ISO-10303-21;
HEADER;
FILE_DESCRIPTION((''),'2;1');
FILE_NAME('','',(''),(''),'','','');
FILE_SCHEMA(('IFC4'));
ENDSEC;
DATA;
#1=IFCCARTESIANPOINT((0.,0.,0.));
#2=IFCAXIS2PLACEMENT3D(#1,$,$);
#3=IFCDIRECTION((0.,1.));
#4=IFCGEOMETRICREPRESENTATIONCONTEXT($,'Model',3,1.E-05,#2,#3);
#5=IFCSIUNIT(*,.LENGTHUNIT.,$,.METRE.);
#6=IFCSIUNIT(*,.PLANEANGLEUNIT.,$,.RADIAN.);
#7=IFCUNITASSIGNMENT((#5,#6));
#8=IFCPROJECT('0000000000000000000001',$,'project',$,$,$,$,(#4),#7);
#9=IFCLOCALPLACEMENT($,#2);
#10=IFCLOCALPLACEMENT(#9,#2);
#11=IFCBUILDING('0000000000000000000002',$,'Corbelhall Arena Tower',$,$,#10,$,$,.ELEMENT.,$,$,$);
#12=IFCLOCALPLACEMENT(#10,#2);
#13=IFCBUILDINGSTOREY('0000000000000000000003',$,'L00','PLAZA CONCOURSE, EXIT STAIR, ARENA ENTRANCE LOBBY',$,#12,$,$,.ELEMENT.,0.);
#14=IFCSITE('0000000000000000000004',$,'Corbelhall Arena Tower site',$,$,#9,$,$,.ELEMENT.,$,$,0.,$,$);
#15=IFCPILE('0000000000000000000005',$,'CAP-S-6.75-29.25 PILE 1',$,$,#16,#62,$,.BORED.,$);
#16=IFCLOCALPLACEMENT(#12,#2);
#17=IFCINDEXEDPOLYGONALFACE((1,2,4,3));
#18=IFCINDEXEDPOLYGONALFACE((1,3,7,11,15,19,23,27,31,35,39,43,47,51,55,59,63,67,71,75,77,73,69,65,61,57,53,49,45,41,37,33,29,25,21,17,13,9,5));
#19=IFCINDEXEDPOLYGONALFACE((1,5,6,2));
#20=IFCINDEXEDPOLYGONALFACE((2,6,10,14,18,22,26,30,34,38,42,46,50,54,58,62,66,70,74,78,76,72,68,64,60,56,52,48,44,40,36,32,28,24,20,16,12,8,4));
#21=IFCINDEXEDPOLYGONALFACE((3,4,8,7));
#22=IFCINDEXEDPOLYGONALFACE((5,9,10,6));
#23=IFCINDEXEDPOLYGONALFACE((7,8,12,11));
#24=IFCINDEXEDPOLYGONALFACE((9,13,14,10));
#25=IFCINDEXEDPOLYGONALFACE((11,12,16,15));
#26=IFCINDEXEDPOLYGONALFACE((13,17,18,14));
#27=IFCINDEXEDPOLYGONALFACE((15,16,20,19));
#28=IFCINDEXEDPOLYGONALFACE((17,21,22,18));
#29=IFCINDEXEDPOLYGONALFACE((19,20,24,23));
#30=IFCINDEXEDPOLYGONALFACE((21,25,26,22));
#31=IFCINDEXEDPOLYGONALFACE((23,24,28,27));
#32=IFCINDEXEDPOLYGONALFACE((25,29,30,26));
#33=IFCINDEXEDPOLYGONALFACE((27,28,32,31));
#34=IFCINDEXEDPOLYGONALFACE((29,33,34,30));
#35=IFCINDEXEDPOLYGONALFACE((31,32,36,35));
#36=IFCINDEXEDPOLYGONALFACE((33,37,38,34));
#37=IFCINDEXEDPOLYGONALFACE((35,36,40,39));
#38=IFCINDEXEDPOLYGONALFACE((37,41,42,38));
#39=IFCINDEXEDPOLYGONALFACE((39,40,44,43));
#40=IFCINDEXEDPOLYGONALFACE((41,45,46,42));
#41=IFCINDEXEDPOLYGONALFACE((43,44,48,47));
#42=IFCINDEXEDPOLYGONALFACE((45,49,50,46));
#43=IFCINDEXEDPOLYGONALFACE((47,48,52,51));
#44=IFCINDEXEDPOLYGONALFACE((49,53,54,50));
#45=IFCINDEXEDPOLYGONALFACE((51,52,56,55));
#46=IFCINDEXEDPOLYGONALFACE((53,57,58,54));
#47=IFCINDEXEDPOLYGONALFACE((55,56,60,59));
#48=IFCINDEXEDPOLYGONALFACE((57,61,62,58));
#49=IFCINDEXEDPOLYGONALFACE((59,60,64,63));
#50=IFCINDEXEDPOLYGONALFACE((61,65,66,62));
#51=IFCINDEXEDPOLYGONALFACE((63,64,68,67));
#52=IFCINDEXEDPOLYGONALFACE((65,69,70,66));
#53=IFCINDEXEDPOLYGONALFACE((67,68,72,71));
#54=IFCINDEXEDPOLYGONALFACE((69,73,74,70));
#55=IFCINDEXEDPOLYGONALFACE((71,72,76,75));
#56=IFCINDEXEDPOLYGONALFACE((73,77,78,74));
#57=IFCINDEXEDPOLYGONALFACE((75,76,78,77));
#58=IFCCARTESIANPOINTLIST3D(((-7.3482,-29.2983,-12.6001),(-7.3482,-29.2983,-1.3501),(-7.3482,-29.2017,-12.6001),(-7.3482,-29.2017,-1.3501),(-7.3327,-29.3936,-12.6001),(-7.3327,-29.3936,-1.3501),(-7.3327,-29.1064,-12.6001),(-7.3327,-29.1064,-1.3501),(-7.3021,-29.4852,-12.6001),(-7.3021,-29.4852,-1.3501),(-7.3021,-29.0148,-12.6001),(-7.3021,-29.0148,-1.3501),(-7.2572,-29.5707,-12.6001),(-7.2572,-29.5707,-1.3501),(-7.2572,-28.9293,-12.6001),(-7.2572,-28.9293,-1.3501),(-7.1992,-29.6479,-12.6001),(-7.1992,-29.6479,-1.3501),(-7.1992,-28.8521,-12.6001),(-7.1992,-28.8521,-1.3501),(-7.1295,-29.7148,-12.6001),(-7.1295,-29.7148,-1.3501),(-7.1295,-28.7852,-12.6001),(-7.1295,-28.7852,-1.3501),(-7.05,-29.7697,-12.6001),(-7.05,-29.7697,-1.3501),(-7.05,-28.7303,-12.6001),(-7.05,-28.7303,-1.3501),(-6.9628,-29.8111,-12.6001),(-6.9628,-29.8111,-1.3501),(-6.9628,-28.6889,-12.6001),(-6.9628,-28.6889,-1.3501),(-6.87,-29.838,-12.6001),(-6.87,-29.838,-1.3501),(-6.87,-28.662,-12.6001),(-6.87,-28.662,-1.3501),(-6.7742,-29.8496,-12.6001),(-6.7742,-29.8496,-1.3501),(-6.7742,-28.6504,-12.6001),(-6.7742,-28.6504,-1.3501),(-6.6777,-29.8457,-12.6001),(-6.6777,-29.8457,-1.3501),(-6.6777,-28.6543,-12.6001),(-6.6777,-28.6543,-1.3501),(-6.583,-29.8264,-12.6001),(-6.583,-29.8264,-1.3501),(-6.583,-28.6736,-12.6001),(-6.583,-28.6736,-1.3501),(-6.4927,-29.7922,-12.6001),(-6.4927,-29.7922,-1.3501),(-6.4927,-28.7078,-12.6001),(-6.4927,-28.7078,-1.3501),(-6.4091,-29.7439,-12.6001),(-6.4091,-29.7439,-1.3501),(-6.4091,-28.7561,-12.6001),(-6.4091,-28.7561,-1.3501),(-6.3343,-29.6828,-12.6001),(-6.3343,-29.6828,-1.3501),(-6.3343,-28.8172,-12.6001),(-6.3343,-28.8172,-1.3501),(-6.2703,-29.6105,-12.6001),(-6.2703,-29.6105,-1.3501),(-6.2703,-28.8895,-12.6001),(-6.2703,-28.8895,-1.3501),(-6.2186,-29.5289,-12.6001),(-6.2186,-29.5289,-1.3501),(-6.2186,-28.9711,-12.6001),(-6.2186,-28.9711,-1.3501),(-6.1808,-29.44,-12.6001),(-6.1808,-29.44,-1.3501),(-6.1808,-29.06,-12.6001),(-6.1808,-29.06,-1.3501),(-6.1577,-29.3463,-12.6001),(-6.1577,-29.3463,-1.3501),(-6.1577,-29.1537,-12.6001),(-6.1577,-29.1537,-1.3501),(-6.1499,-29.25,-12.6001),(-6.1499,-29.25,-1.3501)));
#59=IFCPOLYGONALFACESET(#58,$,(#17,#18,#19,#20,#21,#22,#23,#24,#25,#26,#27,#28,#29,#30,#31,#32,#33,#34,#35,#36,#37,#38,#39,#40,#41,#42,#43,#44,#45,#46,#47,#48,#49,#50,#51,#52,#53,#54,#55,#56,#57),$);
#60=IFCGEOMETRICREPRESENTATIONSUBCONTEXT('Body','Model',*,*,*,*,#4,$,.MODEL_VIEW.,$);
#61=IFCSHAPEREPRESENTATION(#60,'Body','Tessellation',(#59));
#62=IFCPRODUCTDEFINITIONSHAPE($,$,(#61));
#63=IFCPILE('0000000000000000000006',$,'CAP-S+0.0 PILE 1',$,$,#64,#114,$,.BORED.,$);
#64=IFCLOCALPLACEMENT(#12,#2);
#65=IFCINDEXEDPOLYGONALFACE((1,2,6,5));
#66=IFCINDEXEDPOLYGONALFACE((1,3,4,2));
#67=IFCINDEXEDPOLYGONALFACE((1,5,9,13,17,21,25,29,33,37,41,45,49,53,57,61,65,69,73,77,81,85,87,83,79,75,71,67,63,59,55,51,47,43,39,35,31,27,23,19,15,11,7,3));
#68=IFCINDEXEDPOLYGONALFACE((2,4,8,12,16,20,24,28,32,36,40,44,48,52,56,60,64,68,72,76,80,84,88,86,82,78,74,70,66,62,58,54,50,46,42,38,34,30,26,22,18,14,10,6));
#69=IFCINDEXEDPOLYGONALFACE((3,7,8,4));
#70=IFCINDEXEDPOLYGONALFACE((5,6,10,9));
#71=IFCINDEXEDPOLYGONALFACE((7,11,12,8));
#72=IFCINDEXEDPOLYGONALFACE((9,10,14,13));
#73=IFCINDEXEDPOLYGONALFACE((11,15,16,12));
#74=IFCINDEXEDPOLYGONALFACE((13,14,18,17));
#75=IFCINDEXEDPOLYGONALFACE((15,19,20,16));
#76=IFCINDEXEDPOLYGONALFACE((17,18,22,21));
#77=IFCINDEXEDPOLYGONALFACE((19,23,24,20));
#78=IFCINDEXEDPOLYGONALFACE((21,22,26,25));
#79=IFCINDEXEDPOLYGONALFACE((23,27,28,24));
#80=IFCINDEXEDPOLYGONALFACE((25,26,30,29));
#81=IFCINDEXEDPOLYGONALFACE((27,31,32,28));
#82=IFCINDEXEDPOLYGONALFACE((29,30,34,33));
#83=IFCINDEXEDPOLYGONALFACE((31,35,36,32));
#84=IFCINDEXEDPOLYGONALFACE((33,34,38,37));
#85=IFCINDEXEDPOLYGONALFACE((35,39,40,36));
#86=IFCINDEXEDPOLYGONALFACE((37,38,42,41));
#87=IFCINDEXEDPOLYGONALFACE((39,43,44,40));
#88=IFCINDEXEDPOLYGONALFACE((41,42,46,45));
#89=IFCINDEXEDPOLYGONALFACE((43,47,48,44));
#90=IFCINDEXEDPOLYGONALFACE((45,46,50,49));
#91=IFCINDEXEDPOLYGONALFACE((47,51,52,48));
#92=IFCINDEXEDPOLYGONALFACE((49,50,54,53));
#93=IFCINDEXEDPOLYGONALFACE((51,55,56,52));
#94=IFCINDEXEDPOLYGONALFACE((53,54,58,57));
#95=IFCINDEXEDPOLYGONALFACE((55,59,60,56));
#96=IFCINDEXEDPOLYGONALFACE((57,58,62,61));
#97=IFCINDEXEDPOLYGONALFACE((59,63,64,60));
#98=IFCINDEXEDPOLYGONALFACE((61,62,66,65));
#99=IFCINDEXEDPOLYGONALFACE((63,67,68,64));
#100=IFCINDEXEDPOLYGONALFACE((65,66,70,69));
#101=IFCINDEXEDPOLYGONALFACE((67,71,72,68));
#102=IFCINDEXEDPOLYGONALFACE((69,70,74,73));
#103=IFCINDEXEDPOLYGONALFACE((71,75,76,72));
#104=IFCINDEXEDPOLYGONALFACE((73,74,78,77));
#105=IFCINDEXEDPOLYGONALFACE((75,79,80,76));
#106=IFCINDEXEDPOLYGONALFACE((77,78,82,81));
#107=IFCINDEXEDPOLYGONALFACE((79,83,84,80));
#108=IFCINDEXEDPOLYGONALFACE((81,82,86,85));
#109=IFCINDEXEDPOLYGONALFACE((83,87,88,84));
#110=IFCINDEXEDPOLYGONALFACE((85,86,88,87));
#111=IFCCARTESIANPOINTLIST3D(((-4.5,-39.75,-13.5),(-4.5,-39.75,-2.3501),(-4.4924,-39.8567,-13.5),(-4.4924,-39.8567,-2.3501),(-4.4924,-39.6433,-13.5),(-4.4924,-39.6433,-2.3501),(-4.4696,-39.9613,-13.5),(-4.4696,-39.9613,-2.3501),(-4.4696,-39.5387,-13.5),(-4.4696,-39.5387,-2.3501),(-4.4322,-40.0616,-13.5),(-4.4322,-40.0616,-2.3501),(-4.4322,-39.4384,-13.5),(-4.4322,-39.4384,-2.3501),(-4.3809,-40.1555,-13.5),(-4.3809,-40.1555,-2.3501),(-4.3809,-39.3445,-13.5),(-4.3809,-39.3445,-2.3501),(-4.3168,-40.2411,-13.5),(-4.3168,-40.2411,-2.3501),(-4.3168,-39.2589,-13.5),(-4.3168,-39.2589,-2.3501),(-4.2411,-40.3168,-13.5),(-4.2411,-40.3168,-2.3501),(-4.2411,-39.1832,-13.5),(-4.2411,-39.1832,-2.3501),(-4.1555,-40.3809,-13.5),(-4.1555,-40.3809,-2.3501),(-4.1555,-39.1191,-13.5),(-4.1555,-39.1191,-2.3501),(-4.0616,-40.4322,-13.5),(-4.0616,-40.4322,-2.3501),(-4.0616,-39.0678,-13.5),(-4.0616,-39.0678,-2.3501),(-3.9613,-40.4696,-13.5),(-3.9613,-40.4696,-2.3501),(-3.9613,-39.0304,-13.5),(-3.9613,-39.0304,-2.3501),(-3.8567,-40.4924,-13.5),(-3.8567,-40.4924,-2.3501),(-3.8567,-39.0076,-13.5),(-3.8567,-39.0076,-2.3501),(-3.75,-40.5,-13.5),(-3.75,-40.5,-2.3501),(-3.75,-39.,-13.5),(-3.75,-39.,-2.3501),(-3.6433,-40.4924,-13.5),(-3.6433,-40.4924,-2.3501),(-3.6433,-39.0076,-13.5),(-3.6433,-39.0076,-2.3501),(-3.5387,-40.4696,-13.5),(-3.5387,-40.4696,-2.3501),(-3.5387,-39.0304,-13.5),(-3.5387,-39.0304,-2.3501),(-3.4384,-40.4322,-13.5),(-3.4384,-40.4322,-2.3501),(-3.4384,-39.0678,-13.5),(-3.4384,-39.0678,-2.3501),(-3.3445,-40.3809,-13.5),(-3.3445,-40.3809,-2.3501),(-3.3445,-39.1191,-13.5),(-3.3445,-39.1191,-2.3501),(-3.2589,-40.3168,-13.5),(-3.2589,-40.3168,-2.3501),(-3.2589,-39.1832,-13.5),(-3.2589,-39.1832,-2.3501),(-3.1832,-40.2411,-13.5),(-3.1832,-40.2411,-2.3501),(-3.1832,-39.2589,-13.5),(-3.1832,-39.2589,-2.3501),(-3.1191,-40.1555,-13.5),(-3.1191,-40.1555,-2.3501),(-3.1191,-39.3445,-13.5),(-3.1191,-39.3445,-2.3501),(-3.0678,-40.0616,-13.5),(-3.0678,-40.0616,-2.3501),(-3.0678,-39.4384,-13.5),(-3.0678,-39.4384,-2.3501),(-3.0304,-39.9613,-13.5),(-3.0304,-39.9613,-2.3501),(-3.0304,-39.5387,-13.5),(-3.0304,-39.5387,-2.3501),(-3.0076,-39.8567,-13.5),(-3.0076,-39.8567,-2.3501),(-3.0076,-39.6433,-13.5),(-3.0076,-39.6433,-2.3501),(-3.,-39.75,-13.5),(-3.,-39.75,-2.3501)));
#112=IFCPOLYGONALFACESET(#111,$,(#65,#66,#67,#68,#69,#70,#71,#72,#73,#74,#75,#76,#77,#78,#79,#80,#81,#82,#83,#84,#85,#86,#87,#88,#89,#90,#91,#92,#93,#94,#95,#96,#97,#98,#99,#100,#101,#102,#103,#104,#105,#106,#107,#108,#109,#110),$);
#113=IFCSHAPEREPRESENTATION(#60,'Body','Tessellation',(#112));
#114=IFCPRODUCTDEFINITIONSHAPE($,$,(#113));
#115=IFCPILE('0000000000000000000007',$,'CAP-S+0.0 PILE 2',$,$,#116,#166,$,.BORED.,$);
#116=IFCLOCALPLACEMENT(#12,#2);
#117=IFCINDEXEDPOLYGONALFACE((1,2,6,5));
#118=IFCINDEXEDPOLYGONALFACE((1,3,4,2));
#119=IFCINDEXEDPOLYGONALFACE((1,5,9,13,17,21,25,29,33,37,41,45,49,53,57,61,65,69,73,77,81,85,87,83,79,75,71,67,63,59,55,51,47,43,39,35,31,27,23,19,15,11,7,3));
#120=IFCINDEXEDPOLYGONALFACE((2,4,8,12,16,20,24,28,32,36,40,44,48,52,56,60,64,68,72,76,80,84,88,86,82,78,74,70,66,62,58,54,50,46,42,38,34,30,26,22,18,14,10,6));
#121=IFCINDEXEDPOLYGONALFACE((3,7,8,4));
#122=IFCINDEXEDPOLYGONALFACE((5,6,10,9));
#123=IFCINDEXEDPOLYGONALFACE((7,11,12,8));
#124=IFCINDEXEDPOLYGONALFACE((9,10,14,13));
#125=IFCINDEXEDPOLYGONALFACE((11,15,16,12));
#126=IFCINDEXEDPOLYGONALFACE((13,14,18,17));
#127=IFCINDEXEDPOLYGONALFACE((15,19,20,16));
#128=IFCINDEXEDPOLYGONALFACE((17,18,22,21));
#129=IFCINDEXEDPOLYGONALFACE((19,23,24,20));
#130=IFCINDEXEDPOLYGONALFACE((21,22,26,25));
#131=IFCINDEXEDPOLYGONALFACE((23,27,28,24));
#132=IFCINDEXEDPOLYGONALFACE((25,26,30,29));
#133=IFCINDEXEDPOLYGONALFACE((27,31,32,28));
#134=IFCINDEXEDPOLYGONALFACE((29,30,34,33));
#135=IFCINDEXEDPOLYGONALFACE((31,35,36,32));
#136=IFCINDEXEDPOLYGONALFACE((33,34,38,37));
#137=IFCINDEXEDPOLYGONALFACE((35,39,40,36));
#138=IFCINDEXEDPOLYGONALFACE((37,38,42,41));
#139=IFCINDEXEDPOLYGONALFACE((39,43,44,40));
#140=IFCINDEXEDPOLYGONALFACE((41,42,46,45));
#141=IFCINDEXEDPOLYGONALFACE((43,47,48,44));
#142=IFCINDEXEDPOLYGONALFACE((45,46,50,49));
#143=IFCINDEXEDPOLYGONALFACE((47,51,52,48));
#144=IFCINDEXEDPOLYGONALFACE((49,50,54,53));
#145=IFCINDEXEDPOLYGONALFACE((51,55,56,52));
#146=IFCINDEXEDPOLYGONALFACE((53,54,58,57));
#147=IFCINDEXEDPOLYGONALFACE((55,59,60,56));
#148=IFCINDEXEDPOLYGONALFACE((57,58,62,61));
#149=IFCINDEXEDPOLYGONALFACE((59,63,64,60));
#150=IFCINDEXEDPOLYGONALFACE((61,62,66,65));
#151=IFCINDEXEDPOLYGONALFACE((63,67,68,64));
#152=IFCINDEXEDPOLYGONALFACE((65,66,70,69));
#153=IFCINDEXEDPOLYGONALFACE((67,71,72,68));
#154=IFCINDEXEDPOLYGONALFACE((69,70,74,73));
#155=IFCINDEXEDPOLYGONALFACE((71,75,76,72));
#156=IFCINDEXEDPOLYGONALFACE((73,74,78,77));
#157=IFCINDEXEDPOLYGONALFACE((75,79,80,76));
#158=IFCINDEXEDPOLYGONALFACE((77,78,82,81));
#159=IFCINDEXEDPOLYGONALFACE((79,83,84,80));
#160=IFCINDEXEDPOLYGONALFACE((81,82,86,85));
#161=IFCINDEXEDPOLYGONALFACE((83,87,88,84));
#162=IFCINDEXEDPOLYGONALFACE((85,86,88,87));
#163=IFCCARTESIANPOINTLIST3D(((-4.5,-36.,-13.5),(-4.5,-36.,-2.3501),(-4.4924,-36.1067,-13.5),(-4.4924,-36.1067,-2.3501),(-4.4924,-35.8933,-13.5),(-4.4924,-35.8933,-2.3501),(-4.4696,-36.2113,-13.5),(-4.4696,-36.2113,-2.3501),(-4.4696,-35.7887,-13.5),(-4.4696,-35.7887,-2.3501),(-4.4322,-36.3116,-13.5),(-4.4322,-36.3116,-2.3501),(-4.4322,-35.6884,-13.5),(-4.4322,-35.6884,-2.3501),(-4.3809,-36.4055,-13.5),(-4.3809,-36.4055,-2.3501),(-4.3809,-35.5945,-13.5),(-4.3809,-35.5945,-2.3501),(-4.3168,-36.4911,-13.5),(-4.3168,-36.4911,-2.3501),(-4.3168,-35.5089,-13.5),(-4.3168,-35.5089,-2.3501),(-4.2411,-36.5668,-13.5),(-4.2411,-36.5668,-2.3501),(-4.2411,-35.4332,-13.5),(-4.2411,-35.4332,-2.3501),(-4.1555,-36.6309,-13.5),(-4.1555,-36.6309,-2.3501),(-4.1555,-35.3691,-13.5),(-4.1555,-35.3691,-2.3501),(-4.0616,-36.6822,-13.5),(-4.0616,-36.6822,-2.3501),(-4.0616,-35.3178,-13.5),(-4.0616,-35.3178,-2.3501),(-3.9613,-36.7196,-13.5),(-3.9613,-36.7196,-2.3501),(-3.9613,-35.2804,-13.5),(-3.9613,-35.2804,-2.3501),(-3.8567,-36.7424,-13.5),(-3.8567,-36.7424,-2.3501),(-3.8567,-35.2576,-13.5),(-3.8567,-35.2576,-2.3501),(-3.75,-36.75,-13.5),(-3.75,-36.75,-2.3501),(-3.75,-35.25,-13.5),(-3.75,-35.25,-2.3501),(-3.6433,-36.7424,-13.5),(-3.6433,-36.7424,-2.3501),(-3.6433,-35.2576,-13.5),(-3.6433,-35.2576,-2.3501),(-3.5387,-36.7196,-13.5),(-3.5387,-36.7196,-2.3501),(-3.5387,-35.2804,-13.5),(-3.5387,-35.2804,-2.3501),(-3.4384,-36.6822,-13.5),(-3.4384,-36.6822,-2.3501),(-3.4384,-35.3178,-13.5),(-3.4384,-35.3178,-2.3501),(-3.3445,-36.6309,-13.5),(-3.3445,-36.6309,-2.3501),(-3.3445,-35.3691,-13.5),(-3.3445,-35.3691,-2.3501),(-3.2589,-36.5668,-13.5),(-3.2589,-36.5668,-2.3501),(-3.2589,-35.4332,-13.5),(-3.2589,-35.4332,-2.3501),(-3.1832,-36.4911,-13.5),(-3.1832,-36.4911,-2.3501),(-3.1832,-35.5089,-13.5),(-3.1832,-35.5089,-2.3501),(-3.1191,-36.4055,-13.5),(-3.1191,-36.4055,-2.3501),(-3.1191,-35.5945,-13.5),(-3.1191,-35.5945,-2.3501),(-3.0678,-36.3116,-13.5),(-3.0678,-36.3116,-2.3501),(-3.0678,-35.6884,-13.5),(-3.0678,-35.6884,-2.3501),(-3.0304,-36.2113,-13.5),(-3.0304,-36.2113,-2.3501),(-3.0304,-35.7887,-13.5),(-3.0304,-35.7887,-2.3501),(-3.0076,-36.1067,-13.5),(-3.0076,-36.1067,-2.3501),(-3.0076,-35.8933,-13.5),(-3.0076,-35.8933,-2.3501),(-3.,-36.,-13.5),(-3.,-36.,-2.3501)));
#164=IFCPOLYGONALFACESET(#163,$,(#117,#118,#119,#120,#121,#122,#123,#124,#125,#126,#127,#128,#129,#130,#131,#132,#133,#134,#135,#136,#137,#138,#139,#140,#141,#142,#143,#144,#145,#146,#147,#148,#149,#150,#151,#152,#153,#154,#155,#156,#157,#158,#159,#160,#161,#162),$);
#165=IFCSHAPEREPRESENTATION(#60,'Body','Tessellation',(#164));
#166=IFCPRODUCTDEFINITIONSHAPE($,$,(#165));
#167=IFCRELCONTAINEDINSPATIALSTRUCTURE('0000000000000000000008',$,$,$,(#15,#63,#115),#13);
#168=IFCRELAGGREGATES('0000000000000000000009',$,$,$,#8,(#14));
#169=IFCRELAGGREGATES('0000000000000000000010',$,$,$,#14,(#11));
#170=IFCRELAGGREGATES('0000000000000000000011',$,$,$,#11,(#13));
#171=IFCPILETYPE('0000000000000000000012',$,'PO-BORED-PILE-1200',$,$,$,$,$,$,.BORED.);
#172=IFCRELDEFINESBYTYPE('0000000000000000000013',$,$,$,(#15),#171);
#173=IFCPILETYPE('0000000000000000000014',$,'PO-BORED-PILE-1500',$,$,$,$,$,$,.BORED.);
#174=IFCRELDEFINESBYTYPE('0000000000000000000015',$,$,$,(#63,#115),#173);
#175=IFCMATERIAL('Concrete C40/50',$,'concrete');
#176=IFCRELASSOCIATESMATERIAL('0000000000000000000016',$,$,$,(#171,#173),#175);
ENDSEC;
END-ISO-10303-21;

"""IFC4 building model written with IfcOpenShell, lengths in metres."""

from ifc_helpers import new_model, si_unit, direction, frame, origin, origin_2d, place, context, subcontext, project, spatial, circle, extrude, material, material_profile, profile_set, type_object, element, save


model = new_model("IFC4")

# Units and contexts
model_context = context("Model", 3, precision=1e-05, world=origin(), true_north=direction((0.0, 1.0)))
body_context = subcontext(model_context, "Body", "Model", "MODEL_VIEW")
ifc_project = project(units=[si_unit("LENGTHUNIT", "METRE"), si_unit("PLANEANGLEUNIT", "RADIAN")], contexts=[model_context])

# Site, building, storey
site_placement = place(None, origin())
site = spatial("IfcSite", under=ifc_project, at=site_placement, Name="Corbelhall Arena Tower site", CompositionType="ELEMENT", RefElevation=0.0)
building_placement = place(site_placement, origin())
building = spatial("IfcBuilding", under=site, at=building_placement, Name="Corbelhall Arena Tower", CompositionType="ELEMENT")
storey_placement = place(building_placement, origin())
storey = spatial("IfcBuildingStorey", under=building, at=storey_placement, Name="L00", Description="PLAZA CONCOURSE, EXIT STAIR, ARENA ENTRANCE LOBBY", CompositionType="ELEMENT", Elevation=0.0)

# Piles
ifc_material_1 = material(Name="Concrete C40/50", Category="concrete")
ifc_material_profile_1 = material_profile(ifc_material_1, circle(Radius=0.6001, at=origin_2d()))
ifc_profile_set_1 = profile_set([ifc_material_profile_1], Name="Concrete C40/50")
pile_type_1 = type_object("IfcPileType", Name="PO-BORED-PILE-1200", PredefinedType="BORED", material=ifc_profile_set_1)
pile_placement = place(storey_placement, frame((-6.75, -29.25, -1.3501), z_axis=(0.0, 0.0, -1.0), x_axis=(1.0, 0.0, 0.0)))
element("IfcPile", 1, at=pile_placement, inside=storey, type_object=pile_type_1, Name="CAP-S-6.75-29.25 PILE 1", PredefinedType="BORED", context=body_context, shape_type="SweptSolid", body=[
    extrude(circle(Radius=0.6001, at=origin_2d()), origin(), (0.0, 0.0, 1.0), 11.25),
])
ifc_material_profile_2 = material_profile(ifc_material_1, circle(Radius=0.75, at=origin_2d()))
ifc_profile_set_2 = profile_set([ifc_material_profile_2], Name="Concrete C40/50")
pile_type_2 = type_object("IfcPileType", Name="PO-BORED-PILE-1500", PredefinedType="BORED", material=ifc_profile_set_2)
for number, where, z_axis, x_axis, name in (
    (2, (-3.75, -39.75, -2.3501), (0.0, 0.0, -1.0), (1.0, 0.0, 0.0), "CAP-S+0.0 PILE 1"),
    (3, (-3.75, -36.0, -2.3501), (0.0, 0.0, -1.0), (1.0, 0.0, 0.0), "CAP-S+0.0 PILE 2"),
):
    element("IfcPile", number, at=place(storey_placement, frame(where, z_axis=z_axis, x_axis=x_axis)), inside=storey, type_object=pile_type_2, Name=name, PredefinedType="BORED", context=body_context, shape_type="SweptSolid", body=[
        extrude(circle(Radius=0.75, at=origin_2d()), origin(), (0.0, 0.0, 1.0), 11.1499),
    ])

save(model, "model.ifc")
